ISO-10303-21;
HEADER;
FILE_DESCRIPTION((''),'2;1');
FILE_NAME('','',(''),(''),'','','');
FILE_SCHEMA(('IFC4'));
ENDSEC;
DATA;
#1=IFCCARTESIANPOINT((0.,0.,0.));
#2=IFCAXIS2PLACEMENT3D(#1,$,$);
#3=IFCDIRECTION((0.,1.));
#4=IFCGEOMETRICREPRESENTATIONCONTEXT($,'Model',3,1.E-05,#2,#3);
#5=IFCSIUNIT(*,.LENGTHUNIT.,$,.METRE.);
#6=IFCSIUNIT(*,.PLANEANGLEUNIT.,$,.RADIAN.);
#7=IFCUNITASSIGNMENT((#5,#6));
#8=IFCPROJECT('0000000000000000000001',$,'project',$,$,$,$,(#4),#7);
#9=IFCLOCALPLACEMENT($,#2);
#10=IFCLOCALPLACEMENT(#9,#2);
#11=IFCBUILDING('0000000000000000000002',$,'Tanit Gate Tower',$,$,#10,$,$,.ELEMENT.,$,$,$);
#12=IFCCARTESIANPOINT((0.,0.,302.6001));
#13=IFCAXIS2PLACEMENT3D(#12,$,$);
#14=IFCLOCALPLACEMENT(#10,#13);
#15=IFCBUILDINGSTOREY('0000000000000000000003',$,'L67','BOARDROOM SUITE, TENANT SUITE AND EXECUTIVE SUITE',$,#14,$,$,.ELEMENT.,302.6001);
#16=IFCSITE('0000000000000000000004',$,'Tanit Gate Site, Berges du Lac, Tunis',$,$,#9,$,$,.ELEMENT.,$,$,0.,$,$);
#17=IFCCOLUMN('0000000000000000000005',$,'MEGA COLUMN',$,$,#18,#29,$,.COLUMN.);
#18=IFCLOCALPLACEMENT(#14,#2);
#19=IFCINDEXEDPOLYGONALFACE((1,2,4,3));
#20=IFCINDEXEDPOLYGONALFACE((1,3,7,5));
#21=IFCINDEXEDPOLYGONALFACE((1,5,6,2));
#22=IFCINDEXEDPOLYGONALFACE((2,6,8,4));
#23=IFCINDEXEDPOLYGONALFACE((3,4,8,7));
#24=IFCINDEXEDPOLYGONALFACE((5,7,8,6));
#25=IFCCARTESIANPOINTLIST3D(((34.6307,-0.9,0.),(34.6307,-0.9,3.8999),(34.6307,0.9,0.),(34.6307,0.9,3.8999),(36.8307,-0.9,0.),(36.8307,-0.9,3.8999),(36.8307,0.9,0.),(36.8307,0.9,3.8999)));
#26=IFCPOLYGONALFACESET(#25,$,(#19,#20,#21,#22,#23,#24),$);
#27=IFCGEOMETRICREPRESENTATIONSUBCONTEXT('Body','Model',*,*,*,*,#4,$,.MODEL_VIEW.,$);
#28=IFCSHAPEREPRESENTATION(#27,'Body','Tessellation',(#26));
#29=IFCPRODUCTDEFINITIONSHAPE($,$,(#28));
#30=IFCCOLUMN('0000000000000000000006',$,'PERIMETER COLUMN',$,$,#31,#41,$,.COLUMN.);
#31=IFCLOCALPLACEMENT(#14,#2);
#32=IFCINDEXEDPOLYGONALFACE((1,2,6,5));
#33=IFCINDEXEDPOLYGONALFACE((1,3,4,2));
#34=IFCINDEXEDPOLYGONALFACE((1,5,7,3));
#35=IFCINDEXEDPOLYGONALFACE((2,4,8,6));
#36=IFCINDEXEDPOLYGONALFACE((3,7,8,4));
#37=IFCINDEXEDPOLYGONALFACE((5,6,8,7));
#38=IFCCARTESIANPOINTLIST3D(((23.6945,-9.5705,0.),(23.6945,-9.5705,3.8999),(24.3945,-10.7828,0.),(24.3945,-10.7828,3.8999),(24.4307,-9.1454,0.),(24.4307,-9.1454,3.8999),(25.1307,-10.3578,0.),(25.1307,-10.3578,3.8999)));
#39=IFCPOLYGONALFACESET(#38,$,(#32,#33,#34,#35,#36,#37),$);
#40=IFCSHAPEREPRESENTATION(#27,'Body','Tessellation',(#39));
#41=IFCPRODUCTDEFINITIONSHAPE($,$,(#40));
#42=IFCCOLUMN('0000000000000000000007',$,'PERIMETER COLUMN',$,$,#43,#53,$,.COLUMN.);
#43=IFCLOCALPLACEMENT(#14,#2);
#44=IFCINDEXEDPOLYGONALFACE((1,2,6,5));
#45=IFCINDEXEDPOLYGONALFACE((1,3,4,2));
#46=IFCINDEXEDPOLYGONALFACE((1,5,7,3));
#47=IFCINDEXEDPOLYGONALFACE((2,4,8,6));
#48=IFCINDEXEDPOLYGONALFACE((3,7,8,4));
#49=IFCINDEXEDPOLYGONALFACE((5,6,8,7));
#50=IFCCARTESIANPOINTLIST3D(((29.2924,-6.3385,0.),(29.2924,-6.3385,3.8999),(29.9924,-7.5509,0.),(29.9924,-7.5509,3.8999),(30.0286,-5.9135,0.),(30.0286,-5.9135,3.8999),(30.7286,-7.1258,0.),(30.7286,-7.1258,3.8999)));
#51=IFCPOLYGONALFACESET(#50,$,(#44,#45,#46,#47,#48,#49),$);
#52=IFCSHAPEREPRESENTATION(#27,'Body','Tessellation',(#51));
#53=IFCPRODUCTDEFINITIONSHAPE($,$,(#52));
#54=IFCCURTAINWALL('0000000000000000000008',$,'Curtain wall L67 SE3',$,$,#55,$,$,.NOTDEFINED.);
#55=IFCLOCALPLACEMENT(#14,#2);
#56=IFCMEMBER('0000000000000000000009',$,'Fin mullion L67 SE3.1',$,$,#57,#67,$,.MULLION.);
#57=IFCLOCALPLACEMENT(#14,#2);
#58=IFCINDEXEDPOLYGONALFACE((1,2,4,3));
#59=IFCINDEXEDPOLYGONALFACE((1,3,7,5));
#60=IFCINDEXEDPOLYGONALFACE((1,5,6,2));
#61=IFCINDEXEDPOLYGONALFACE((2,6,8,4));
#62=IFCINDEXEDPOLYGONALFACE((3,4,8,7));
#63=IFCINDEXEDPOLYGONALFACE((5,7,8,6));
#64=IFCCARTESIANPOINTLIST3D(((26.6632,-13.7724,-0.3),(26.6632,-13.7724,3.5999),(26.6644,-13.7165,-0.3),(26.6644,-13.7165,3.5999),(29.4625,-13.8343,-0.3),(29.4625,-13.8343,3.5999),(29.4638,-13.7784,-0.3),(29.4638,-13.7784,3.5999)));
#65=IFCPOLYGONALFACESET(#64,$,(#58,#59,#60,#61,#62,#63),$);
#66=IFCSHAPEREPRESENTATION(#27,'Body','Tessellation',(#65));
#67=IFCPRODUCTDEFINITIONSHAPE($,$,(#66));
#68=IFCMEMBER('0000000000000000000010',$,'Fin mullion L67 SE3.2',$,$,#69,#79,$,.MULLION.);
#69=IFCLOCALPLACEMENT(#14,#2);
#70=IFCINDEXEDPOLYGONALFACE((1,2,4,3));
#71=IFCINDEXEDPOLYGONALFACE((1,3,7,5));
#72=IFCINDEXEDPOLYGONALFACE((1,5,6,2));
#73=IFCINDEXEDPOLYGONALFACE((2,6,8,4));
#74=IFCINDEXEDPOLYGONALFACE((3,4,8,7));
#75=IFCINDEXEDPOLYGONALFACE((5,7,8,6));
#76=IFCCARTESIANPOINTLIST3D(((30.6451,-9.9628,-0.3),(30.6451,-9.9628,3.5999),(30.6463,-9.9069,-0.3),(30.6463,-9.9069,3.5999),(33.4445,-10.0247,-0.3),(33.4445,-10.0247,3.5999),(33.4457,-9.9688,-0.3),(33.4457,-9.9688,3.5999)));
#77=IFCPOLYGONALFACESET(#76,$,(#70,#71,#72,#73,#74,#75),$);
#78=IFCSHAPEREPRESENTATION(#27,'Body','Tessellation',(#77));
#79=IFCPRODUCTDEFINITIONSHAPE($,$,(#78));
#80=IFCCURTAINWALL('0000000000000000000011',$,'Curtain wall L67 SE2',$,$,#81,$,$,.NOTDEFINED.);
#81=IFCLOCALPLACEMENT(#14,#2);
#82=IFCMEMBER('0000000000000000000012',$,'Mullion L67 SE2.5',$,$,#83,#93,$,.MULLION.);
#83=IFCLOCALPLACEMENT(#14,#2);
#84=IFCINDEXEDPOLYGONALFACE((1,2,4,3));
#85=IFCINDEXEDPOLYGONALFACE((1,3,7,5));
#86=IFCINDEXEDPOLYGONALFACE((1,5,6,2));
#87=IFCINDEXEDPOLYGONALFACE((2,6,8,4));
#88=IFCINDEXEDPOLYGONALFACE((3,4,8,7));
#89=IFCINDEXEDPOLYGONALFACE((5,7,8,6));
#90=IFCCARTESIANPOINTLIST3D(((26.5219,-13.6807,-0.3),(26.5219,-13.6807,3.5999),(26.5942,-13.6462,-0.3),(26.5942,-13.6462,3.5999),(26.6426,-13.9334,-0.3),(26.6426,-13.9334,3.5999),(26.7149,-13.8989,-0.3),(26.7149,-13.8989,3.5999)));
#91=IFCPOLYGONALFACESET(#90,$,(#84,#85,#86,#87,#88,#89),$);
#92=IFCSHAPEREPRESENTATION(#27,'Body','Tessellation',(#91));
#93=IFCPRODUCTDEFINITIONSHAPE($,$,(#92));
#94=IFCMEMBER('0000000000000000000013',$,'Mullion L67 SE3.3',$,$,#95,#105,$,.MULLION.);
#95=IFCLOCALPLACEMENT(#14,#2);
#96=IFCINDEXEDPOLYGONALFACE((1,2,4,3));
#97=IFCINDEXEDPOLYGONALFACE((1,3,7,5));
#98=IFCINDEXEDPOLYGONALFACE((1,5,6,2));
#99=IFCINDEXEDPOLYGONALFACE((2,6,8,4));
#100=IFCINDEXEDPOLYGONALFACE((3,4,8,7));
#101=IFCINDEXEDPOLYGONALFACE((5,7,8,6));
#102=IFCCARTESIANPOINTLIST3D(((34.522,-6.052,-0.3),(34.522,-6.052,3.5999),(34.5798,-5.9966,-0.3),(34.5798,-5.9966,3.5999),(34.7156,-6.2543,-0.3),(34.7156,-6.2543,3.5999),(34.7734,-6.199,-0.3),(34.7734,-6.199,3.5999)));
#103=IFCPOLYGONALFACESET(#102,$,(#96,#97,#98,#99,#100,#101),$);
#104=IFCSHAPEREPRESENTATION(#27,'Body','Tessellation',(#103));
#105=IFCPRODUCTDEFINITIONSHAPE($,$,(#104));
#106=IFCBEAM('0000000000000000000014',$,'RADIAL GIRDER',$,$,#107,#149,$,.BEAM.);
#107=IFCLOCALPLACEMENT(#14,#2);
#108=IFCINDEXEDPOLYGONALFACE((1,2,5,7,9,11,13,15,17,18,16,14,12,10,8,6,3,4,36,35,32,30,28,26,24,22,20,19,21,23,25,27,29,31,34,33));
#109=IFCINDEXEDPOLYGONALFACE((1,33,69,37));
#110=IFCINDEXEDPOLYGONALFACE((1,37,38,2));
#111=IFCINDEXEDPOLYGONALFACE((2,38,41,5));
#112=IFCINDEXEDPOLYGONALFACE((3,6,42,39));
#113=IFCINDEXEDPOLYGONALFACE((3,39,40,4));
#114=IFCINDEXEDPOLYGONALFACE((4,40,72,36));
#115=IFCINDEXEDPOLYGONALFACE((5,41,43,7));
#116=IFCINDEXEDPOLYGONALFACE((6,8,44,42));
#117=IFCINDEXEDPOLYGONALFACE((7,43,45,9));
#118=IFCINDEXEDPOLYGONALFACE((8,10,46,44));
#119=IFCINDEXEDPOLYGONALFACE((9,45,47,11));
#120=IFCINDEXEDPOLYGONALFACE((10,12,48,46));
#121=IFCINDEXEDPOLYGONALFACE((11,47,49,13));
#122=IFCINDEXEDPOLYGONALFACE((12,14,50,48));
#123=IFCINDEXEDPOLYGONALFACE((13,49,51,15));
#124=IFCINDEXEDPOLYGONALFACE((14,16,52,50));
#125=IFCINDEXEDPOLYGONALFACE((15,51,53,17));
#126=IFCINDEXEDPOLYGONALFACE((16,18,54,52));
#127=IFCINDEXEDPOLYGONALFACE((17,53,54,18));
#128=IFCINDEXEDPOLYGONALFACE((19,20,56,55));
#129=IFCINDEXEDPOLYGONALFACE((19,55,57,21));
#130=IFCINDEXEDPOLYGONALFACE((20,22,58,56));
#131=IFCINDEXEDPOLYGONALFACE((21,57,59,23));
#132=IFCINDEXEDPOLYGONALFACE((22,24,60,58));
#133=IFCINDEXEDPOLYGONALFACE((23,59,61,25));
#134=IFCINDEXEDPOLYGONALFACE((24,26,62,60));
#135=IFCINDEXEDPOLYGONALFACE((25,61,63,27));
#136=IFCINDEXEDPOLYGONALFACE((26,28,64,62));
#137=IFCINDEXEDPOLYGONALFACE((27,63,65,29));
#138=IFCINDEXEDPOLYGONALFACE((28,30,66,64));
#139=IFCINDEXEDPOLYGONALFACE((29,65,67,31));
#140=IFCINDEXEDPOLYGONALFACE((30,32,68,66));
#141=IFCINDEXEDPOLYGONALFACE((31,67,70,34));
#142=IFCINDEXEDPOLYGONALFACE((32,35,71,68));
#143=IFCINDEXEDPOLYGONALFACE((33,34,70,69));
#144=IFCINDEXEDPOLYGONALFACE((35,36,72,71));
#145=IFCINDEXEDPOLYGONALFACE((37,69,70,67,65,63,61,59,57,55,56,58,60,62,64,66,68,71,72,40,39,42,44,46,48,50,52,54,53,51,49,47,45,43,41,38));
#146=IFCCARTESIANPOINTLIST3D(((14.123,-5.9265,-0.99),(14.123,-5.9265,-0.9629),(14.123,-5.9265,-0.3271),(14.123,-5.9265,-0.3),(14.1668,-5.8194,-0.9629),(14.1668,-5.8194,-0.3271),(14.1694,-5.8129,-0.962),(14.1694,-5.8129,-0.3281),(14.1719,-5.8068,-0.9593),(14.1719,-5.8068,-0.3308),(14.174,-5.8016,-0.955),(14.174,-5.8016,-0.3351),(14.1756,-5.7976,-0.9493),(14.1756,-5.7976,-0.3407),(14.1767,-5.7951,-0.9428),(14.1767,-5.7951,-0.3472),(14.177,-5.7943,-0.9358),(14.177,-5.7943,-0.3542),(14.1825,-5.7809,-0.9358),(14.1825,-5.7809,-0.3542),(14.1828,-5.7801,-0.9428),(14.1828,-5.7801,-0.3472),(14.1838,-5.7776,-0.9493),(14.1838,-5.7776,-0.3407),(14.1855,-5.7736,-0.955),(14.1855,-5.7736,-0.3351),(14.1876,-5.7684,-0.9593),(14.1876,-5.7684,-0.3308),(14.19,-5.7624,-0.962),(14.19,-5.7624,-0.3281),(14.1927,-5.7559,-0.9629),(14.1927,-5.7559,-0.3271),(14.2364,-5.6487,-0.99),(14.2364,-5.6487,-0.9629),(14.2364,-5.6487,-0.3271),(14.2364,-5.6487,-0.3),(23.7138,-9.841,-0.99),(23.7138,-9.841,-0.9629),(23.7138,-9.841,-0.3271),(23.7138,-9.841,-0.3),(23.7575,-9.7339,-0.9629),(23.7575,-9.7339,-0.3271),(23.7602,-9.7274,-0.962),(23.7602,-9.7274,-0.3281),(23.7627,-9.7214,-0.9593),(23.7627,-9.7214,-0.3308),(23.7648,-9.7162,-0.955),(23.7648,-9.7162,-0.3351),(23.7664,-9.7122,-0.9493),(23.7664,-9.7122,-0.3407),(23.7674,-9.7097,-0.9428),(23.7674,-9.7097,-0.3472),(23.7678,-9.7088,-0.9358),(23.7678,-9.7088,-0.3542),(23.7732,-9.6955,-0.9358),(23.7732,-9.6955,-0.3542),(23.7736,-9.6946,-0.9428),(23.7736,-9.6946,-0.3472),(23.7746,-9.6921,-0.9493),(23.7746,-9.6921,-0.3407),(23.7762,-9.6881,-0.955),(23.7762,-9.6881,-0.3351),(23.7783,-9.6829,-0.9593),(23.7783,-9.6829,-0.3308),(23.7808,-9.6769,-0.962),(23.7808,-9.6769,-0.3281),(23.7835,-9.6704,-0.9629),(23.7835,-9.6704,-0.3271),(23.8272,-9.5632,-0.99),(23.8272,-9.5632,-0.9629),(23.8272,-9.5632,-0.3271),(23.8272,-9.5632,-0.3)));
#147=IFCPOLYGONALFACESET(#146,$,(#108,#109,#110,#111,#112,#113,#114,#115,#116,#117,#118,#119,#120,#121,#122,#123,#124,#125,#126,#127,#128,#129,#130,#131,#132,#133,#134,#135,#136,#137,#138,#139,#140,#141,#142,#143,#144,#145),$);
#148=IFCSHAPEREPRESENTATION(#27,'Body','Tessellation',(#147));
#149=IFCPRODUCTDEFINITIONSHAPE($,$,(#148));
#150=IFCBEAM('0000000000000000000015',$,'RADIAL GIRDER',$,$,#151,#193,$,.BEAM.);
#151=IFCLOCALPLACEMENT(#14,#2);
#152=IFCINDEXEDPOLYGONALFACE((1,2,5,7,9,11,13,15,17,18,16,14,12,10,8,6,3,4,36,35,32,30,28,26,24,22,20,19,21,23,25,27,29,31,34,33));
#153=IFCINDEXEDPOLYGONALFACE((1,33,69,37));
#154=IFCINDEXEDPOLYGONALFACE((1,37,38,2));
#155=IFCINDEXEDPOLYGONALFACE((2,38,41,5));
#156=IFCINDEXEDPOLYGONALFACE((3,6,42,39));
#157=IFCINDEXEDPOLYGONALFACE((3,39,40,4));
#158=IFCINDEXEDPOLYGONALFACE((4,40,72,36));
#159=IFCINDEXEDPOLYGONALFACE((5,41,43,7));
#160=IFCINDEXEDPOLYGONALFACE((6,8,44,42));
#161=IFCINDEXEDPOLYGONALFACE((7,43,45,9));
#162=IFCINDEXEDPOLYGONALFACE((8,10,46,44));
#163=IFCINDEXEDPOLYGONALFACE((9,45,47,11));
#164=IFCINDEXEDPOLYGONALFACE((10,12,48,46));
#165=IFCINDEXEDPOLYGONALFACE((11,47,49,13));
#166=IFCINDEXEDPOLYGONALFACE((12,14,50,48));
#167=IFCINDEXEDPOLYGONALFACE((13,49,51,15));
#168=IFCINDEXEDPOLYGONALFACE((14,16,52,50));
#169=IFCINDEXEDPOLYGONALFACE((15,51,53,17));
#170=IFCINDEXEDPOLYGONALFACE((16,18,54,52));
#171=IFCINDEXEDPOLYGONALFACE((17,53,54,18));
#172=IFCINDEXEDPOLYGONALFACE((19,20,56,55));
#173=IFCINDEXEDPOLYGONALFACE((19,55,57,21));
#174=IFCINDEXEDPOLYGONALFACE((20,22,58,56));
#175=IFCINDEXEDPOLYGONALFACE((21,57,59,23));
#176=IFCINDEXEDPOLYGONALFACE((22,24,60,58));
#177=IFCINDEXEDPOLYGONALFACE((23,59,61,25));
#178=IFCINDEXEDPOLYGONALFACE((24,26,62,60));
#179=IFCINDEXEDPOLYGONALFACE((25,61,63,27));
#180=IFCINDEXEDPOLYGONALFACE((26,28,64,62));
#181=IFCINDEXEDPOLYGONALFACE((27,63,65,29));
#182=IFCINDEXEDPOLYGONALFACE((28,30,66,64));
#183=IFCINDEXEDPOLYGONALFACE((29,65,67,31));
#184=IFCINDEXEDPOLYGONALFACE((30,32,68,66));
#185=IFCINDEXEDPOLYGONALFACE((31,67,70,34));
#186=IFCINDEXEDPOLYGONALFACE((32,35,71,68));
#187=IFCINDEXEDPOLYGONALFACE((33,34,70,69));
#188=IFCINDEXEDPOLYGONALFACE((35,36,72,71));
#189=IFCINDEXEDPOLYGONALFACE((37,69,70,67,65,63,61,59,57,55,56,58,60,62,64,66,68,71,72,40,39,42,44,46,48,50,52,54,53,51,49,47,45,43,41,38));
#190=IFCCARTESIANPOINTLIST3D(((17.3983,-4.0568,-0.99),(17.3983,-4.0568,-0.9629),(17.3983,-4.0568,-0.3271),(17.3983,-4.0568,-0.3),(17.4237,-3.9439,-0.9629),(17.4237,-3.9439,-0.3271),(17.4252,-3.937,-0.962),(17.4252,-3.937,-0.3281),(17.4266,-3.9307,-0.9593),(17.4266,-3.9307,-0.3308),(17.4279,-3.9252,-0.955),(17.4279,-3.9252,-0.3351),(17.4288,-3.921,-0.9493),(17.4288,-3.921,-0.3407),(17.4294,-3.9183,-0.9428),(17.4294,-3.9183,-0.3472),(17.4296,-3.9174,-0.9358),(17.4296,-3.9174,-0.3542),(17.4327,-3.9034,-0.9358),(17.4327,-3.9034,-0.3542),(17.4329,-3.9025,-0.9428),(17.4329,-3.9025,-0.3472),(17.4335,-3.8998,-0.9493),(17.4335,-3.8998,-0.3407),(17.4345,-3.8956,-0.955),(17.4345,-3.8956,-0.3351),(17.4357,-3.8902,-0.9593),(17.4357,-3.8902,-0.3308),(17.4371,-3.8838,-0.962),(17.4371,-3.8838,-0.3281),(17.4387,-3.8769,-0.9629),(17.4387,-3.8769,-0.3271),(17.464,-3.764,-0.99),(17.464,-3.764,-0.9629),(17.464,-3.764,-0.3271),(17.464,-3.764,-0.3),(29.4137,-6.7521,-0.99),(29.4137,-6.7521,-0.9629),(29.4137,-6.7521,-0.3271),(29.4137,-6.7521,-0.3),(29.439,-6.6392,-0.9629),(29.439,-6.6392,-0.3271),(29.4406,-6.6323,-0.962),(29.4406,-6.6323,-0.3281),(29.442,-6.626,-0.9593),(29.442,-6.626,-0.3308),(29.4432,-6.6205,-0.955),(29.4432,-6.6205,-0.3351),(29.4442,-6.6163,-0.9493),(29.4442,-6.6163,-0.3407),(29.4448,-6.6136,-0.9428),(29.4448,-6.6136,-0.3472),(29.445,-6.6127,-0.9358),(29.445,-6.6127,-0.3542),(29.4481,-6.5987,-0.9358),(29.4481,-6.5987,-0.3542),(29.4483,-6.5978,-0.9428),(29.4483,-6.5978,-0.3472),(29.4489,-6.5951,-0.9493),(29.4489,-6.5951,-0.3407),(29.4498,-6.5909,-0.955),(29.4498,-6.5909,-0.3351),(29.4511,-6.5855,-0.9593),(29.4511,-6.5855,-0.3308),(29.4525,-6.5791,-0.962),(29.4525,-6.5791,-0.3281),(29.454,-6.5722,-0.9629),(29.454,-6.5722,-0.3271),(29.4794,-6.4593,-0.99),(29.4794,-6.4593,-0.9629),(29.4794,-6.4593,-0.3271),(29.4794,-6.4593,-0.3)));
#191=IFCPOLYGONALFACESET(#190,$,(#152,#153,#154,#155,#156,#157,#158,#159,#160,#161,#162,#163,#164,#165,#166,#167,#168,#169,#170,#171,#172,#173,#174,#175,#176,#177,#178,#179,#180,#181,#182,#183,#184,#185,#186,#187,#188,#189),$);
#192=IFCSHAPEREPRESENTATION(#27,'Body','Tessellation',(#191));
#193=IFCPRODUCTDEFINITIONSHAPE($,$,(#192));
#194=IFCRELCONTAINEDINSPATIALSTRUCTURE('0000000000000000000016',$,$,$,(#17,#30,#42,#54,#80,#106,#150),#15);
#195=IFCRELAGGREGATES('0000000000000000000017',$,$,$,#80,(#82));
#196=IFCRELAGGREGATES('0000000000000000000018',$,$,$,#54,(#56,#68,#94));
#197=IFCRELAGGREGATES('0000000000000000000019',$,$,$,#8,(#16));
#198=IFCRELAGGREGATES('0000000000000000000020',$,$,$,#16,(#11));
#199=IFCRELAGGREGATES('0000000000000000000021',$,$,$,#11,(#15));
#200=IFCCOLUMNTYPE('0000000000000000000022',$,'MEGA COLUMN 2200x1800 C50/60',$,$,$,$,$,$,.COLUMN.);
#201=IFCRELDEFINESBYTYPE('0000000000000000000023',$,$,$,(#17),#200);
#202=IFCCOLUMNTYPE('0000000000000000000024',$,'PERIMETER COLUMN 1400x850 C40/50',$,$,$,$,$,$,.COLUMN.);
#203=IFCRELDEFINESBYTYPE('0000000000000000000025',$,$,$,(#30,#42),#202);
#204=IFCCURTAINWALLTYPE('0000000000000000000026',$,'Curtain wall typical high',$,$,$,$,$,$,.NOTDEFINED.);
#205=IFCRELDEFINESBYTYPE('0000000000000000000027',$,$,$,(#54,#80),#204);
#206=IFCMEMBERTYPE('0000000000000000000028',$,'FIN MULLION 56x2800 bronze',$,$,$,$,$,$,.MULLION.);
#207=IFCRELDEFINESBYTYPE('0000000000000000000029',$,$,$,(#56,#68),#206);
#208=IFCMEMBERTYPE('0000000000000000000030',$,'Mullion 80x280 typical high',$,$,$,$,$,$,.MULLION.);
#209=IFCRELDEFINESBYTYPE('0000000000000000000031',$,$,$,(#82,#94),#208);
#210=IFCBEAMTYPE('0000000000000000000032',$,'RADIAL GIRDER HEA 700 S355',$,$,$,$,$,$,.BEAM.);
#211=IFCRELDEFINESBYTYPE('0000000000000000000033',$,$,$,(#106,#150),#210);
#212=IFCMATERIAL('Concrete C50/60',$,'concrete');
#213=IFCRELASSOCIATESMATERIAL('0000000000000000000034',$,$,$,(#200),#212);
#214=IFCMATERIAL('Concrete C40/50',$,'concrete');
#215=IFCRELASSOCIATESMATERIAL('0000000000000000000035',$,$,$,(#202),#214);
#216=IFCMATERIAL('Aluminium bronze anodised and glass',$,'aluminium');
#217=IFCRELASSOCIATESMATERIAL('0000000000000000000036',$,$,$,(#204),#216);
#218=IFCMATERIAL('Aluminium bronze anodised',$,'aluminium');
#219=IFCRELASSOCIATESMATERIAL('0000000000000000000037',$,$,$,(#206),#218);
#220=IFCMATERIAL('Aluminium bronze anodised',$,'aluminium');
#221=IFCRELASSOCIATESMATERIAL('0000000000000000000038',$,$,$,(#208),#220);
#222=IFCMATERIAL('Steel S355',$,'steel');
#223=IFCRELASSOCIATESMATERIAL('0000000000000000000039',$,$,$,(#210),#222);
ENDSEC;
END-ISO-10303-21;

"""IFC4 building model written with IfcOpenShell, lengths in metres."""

from ifc_helpers import new_model, si_unit, direction, frame, origin, origin_2d, place, context, subcontext, project, spatial, rectangle, i_section, extrude, material, material_profile, profile_set, type_object, element, aggregate, save


model = new_model("IFC4")

# Units and contexts
model_context = context("Model", 3, precision=1e-05, world=origin(), true_north=direction((0.0, 1.0)))
body_context = subcontext(model_context, "Body", "Model", "MODEL_VIEW")
ifc_project = project(units=[si_unit("LENGTHUNIT", "METRE"), si_unit("PLANEANGLEUNIT", "RADIAN")], contexts=[model_context])

# Site, building, storey
site_placement = place(None, origin())
site = spatial("IfcSite", under=ifc_project, at=site_placement, Name="Tanit Gate Site, Berges du Lac, Tunis", CompositionType="ELEMENT", RefElevation=0.0)
building_placement = place(site_placement, origin())
building = spatial("IfcBuilding", under=site, at=building_placement, Name="Tanit Gate Tower", CompositionType="ELEMENT")
storey_placement = place(building_placement, frame((0.0, 0.0, 302.6001)))
storey = spatial("IfcBuildingStorey", under=building, at=storey_placement, Name="L67", Description="BOARDROOM SUITE, TENANT SUITE AND EXECUTIVE SUITE", CompositionType="ELEMENT", Elevation=302.6001)

# Columns
ifc_material_1 = material(Name="Concrete C50/60", Category="concrete")
ifc_material_profile_1 = material_profile(ifc_material_1, rectangle(XDim=2.2, YDim=1.8, at=origin_2d()), Name="RC 2200x1800")
ifc_profile_set_1 = profile_set([ifc_material_profile_1], Name="Concrete C50/60")
column_type_1 = type_object("IfcColumnType", Name="MEGA COLUMN 2200x1800 C50/60", PredefinedType="COLUMN", material=ifc_profile_set_1)
column_placement = place(storey_placement, frame((35.7307, 0.0, 0.0), z_axis=(0.0, 0.0, 1.0), x_axis=(1.0, 0.0, 0.0)))
element("IfcColumn", 1, at=column_placement, inside=storey, type_object=column_type_1, Name="MEGA COLUMN", PredefinedType="COLUMN", context=body_context, shape_type="SweptSolid", body=[
    extrude(rectangle(XDim=2.2, YDim=1.8, at=origin_2d()), origin(), (0.0, 0.0, 1.0), 3.8999),
])
ifc_material_2 = material(Name="Concrete C40/50", Category="concrete")
ifc_material_profile_2 = material_profile(ifc_material_2, rectangle(XDim=1.3999, YDim=0.8501, at=origin_2d()), Name="RC 1400x850")
ifc_profile_set_2 = profile_set([ifc_material_profile_2], Name="Concrete C40/50")
column_type_2 = type_object("IfcColumnType", Name="PERIMETER COLUMN 1400x850 C40/50", PredefinedType="COLUMN", material=ifc_profile_set_2)
for number, where, z_axis, x_axis, name in (
    (2, (24.4126, -9.9641, 0.0), (0.0, 0.0, 1.0), (0.5, -0.866025, 0.0), "PERIMETER COLUMN"),
    (3, (30.0105, -6.7322, 0.0), (0.0, 0.0, 1.0), (0.5, -0.866025, 0.0), "PERIMETER COLUMN"),
):
    element("IfcColumn", number, at=place(storey_placement, frame(where, z_axis=z_axis, x_axis=x_axis)), inside=storey, type_object=column_type_2, Name=name, PredefinedType="COLUMN", context=body_context, shape_type="SweptSolid", body=[
        extrude(rectangle(XDim=1.3999, YDim=0.8501, at=origin_2d()), origin(), (0.0, 0.0, 1.0), 3.8999),
    ])

# Curtain wall, members
ifc_material_3 = material(Name="Aluminium bronze anodised and glass", Category="aluminium")
curtain_wall_type = type_object("IfcCurtainWallType", Name="Curtain wall typical high", PredefinedType="NOTDEFINED", material=ifc_material_3)
curtain_wall_1_placement = place(storey_placement, origin())
curtain_wall_1 = element("IfcCurtainWall", 4, at=curtain_wall_1_placement, inside=storey, type_object=curtain_wall_type, Name="Curtain wall L67 SE3", PredefinedType="NOTDEFINED")
ifc_material_4 = material(Name="Aluminium bronze anodised", Category="aluminium")
ifc_material_profile_3 = material_profile(ifc_material_4, rectangle(XDim=2.8, YDim=0.0559, at=origin_2d()), Name="56x2800 bronze fin mullion")
ifc_profile_set_3 = profile_set([ifc_material_profile_3], Name="Aluminium bronze anodised")
member_type_1 = type_object("IfcMemberType", Name="FIN MULLION 56x2800 bronze", PredefinedType="MULLION", material=ifc_profile_set_3)
member_1_placement = place(storey_placement, frame((28.0635, -13.7754, -0.3), z_axis=(0.0, 0.0, 1.0), x_axis=(-0.999755, 0.022122, 0.0)))
member_1 = element("IfcMember", 5, at=member_1_placement, type_object=member_type_1, Name="Fin mullion L67 SE3.1", PredefinedType="MULLION", context=body_context, shape_type="SweptSolid", body=[
    extrude(rectangle(XDim=2.8, YDim=0.0559, at=origin_2d()), origin(), (0.0, 0.0, 1.0), 3.8999),
])
member_2_placement = place(storey_placement, frame((32.0454, -9.9658, -0.3), z_axis=(0.0, 0.0, 1.0), x_axis=(-0.999755, 0.022122, 0.0)))
member_2 = element("IfcMember", 6, at=member_2_placement, type_object=member_type_1, Name="Fin mullion L67 SE3.2", PredefinedType="MULLION", context=body_context, shape_type="SweptSolid", body=[
    extrude(rectangle(XDim=2.8, YDim=0.0559, at=origin_2d()), origin(), (0.0, 0.0, 1.0), 3.8999),
])

# Curtain wall, member
curtain_wall_2_placement = place(storey_placement, origin())
curtain_wall_2 = element("IfcCurtainWall", 7, at=curtain_wall_2_placement, inside=storey, type_object=curtain_wall_type, Name="Curtain wall L67 SE2", PredefinedType="NOTDEFINED")
ifc_material_5 = material(Name="Aluminium bronze anodised", Category="aluminium")
ifc_material_profile_4 = material_profile(ifc_material_5, rectangle(XDim=0.28, YDim=0.0801, at=origin_2d()), Name="80x280 bronze mullion")
ifc_profile_set_4 = profile_set([ifc_material_profile_4], Name="Aluminium bronze anodised")
member_type_2 = type_object("IfcMemberType", Name="Mullion 80x280 typical high", PredefinedType="MULLION", material=ifc_profile_set_4)
member_3_placement = place(storey_placement, frame((26.6184, -13.7898, -0.3), z_axis=(0.0, 0.0, 1.0), x_axis=(-0.431073, 0.902317, 0.0)))
member_3 = element("IfcMember", 8, at=member_3_placement, type_object=member_type_2, Name="Mullion L67 SE2.5", PredefinedType="MULLION", context=body_context, shape_type="SweptSolid", body=[
    extrude(rectangle(XDim=0.28, YDim=0.0801, at=origin_2d()), origin(), (0.0, 0.0, 1.0), 3.8999),
])

# Member
member_4_placement = place(storey_placement, frame((34.6477, -6.1255, -0.3), z_axis=(0.0, 0.0, 1.0), x_axis=(-0.691291, 0.722577, 0.0)))
member_4 = element("IfcMember", 9, at=member_4_placement, type_object=member_type_2, Name="Mullion L67 SE3.3", PredefinedType="MULLION", context=body_context, shape_type="SweptSolid", body=[
    extrude(rectangle(XDim=0.28, YDim=0.0801, at=origin_2d()), origin(), (0.0, 0.0, 1.0), 3.8999),
])

# Beams
ifc_material_6 = material(Name="Steel S355", Category="steel")
ifc_material_profile_5 = material_profile(ifc_material_6, i_section(OverallWidth=0.3, OverallDepth=0.6899, WebThickness=0.0144, FlangeThickness=0.0271, FilletRadius=0.0271, at=origin_2d()), Name="HEA 700")
ifc_profile_set_5 = profile_set([ifc_material_profile_5], Name="Steel S355")
beam_type = type_object("IfcBeamType", Name="RADIAL GIRDER HEA 700 S355", PredefinedType="BEAM", material=ifc_profile_set_5)
beam_1_placement = place(storey_placement, frame((23.7705, -9.7021, -0.645), z_axis=(-0.92585, 0.377891, 0.0), x_axis=(-0.377891, -0.92585, 0.0)))
element("IfcBeam", 10, at=beam_1_placement, inside=storey, type_object=beam_type, Name="RADIAL GIRDER", PredefinedType="BEAM", context=body_context, shape_type="SweptSolid", body=[
    extrude(i_section(OverallWidth=0.3, OverallDepth=0.6899, WebThickness=0.0144, FlangeThickness=0.0271, FilletRadius=0.0271, at=origin_2d()), origin(), (0.0, 0.0, 1.0), 10.3589),
])
beam_2_placement = place(storey_placement, frame((29.4465, -6.6057, -0.645), z_axis=(-0.975751, 0.218882, 0.0), x_axis=(-0.218882, -0.975751, 0.0)))
element("IfcBeam", 11, at=beam_2_placement, inside=storey, type_object=beam_type, Name="RADIAL GIRDER", PredefinedType="BEAM", context=body_context, shape_type="SweptSolid", body=[
    extrude(i_section(OverallWidth=0.3, OverallDepth=0.6899, WebThickness=0.0144, FlangeThickness=0.0271, FilletRadius=0.0271, at=origin_2d()), origin(), (0.0, 0.0, 1.0), 12.314),
])

aggregate(curtain_wall_2, [member_3])
aggregate(curtain_wall_1, [member_1, member_2, member_4])

save(model, "model.ifc")
